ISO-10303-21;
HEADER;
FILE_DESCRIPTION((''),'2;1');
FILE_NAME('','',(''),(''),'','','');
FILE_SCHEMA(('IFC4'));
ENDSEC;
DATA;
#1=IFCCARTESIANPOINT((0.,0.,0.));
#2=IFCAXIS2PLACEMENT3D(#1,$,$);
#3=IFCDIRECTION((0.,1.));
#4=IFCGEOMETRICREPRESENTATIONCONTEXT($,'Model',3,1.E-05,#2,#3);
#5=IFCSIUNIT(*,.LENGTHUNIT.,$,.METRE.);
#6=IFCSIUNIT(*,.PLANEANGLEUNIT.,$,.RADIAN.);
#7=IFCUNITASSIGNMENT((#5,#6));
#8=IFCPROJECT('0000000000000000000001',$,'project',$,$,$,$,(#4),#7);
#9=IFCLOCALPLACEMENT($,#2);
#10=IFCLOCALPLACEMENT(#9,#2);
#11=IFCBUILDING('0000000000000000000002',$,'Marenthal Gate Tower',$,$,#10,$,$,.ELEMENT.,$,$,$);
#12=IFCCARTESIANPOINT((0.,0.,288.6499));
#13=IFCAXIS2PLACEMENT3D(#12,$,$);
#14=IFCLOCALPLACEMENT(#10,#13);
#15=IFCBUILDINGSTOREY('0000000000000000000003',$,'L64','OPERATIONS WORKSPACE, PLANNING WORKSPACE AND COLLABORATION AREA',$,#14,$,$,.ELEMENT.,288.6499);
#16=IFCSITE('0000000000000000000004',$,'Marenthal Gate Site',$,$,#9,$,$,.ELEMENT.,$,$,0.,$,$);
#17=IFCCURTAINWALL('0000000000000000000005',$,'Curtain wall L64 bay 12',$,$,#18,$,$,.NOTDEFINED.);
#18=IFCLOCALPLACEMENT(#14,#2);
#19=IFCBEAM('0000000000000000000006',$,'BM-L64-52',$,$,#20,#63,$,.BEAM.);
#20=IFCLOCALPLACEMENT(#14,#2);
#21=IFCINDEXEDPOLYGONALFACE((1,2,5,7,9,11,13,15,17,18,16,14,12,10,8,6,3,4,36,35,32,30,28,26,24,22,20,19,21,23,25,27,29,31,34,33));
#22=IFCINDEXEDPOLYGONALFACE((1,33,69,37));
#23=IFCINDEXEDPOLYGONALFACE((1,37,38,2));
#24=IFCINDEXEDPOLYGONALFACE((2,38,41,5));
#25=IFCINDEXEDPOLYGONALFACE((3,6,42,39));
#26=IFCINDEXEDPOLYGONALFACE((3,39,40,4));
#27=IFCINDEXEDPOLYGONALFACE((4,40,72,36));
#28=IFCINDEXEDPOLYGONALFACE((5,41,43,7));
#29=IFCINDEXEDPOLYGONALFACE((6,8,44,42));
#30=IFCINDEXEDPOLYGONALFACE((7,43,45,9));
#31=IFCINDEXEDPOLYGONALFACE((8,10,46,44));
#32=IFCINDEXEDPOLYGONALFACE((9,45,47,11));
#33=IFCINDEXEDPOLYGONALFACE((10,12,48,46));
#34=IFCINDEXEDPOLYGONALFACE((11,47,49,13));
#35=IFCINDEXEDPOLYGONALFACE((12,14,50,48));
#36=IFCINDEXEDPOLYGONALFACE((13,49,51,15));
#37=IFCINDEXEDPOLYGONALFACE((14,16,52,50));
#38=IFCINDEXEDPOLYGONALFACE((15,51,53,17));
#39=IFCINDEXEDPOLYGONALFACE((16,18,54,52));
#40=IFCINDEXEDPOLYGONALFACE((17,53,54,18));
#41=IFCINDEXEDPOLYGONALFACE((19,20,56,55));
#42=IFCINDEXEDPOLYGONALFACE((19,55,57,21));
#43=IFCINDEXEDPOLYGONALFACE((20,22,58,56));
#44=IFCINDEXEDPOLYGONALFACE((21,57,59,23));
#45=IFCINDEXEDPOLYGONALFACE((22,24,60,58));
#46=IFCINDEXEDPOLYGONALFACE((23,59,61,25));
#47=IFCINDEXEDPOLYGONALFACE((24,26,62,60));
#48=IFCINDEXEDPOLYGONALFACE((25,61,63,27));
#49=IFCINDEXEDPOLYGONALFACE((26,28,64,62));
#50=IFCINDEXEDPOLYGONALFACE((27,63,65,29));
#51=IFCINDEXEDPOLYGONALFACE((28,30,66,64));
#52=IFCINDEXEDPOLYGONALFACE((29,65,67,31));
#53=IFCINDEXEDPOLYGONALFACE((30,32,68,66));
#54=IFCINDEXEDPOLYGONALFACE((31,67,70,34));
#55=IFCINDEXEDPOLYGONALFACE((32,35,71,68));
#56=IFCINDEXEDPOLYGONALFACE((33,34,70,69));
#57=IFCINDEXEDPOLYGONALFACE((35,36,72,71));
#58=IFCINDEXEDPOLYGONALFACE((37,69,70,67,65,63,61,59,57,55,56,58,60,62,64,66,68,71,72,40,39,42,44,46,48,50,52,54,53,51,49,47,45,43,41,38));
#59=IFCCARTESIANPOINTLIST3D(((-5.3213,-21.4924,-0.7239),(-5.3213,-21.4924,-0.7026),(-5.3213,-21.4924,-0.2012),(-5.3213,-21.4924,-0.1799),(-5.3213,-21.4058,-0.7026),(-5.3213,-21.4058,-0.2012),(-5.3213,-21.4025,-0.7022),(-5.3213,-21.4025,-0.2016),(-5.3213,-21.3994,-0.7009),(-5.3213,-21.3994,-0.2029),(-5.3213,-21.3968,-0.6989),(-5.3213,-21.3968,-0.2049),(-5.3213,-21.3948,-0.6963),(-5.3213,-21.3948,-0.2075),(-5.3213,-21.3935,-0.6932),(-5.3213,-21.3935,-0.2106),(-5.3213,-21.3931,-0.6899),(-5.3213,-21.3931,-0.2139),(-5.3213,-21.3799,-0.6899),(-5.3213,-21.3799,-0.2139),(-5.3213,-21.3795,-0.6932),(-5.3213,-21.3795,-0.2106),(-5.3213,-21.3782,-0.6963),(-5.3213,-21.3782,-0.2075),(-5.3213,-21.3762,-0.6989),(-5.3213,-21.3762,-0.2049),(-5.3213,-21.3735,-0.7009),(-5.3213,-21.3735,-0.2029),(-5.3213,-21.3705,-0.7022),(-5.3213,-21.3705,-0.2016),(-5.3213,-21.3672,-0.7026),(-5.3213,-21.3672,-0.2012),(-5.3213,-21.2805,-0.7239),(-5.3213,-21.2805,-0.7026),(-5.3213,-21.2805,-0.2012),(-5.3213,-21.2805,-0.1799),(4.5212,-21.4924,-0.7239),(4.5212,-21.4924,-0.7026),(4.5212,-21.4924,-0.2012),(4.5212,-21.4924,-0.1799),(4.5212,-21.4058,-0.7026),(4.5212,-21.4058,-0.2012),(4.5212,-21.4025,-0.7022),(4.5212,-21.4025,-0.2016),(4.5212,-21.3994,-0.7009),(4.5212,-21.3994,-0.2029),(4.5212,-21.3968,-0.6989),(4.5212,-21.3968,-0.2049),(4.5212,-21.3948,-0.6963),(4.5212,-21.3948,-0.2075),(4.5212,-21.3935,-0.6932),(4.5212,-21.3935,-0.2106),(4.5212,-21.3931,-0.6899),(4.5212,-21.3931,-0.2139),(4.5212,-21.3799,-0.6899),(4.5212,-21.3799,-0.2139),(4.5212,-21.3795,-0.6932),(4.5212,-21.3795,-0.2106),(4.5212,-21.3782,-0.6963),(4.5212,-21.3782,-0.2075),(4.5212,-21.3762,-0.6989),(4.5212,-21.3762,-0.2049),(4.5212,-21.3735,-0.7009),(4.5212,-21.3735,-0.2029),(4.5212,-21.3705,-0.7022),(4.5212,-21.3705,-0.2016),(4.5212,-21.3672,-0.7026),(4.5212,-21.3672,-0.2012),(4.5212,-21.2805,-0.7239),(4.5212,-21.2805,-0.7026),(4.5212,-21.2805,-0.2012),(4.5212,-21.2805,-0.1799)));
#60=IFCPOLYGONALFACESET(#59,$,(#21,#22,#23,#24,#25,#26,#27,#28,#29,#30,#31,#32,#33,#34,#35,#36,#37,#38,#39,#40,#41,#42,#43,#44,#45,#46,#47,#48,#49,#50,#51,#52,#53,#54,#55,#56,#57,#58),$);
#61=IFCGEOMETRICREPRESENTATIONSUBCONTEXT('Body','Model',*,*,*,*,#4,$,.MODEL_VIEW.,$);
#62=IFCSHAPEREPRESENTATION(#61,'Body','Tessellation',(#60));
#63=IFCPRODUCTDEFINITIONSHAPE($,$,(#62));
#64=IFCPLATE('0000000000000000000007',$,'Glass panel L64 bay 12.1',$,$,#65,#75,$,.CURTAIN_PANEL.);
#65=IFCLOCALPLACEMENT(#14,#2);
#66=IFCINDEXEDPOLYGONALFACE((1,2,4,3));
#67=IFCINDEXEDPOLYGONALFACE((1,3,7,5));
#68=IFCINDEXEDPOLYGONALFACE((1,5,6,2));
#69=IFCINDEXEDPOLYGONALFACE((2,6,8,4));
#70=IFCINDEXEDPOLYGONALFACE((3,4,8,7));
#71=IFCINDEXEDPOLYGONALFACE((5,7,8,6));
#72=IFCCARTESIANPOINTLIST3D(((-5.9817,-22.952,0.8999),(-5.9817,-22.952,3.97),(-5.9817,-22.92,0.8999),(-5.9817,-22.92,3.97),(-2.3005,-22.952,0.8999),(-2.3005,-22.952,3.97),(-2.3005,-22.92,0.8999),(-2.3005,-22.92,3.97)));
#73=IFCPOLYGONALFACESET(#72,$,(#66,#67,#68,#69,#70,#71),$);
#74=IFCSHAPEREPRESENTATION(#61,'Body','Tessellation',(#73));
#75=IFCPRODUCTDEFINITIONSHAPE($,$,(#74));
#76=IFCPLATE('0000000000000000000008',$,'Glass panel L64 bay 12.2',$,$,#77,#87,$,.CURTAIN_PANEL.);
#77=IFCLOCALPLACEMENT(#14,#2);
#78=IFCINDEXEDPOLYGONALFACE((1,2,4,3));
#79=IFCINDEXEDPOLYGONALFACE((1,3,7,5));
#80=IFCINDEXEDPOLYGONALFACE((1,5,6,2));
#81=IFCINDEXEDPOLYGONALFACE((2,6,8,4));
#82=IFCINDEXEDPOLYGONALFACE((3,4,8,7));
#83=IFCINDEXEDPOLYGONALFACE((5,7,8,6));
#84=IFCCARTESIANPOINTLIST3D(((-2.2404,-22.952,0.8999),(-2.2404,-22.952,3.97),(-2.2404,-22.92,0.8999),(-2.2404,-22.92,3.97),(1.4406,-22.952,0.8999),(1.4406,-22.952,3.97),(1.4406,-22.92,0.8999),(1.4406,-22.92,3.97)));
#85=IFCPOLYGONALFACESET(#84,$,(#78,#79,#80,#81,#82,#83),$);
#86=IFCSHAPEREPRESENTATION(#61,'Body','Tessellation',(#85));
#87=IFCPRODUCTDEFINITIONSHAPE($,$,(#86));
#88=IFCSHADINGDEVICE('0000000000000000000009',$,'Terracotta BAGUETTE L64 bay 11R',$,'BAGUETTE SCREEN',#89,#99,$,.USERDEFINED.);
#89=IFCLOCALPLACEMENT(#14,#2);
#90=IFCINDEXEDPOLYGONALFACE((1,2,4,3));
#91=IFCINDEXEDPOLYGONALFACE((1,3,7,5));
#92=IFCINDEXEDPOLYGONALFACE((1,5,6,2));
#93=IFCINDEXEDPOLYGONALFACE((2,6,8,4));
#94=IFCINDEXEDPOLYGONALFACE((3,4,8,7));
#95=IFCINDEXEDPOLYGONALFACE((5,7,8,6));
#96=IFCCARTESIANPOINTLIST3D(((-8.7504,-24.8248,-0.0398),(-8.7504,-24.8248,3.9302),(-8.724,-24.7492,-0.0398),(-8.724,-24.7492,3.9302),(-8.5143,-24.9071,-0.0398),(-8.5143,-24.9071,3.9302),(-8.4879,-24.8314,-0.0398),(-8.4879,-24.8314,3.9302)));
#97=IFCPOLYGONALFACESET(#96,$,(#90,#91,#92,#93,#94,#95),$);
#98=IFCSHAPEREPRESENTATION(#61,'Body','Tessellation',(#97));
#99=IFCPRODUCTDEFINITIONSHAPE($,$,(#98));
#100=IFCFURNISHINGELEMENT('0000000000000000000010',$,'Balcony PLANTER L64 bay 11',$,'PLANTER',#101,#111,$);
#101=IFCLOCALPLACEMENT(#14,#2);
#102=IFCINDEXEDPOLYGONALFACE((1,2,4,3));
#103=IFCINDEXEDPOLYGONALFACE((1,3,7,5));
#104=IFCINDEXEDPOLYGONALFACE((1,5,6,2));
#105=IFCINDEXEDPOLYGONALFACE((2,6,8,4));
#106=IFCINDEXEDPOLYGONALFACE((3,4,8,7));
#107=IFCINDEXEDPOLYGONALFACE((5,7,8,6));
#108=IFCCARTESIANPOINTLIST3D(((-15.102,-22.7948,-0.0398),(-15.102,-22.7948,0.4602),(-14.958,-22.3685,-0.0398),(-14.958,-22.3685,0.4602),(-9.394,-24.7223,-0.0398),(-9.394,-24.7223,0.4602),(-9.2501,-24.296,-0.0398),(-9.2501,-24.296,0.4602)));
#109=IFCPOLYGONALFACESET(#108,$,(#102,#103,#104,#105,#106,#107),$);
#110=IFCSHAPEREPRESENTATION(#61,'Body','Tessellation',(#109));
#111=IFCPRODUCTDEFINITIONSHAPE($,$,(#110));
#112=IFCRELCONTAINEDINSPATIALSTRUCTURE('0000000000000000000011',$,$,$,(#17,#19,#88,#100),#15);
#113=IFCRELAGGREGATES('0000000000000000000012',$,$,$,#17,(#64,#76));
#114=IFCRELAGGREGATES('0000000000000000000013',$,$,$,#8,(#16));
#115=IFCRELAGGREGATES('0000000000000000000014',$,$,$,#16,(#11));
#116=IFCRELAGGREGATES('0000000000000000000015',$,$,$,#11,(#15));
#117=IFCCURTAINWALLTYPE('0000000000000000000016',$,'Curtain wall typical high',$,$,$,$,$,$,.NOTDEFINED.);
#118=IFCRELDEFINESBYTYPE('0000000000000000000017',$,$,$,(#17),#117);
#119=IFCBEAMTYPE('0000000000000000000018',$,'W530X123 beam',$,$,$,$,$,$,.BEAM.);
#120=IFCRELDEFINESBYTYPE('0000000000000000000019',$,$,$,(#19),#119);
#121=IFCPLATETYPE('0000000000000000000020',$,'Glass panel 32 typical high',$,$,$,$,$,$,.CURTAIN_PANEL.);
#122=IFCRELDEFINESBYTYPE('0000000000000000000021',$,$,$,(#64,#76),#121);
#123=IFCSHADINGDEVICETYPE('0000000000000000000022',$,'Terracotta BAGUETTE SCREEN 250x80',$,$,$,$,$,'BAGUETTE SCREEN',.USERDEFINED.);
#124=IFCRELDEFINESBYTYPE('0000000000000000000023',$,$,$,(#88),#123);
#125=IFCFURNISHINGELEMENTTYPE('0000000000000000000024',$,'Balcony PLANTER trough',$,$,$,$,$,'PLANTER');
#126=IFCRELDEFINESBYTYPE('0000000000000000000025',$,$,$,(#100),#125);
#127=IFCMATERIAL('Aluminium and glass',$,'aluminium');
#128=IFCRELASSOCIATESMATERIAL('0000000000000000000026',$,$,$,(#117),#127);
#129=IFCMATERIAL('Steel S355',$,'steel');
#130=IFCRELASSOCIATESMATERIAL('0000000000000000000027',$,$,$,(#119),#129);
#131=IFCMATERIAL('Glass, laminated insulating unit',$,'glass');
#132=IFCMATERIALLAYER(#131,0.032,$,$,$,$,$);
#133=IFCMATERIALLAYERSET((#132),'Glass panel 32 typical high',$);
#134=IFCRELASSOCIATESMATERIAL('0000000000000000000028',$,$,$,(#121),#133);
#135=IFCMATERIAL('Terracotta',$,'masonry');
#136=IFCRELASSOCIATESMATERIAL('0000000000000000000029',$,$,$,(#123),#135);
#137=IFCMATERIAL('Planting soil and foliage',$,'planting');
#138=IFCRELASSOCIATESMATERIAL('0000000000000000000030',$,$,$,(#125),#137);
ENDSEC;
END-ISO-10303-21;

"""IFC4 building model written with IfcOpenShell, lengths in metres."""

from ifc_helpers import new_model, si_unit, direction, frame, origin, origin_2d, place, context, subcontext, project, spatial, rectangle, i_section, extrude, material, layer, layer_set, material_profile, profile_set, type_object, element, aggregate, save


model = new_model("IFC4")

# Units and contexts
model_context = context("Model", 3, precision=1e-05, world=origin(), true_north=direction((0.0, 1.0)))
body_context = subcontext(model_context, "Body", "Model", "MODEL_VIEW")
ifc_project = project(units=[si_unit("LENGTHUNIT", "METRE"), si_unit("PLANEANGLEUNIT", "RADIAN")], contexts=[model_context])

# Site, building, storey
site_placement = place(None, origin())
site = spatial("IfcSite", under=ifc_project, at=site_placement, Name="Marenthal Gate Site", CompositionType="ELEMENT", RefElevation=0.0)
building_placement = place(site_placement, origin())
building = spatial("IfcBuilding", under=site, at=building_placement, Name="Marenthal Gate Tower", CompositionType="ELEMENT")
storey_placement = place(building_placement, frame((0.0, 0.0, 288.6499)))
storey = spatial("IfcBuildingStorey", under=building, at=storey_placement, Name="L64", Description="OPERATIONS WORKSPACE, PLANNING WORKSPACE AND COLLABORATION AREA", CompositionType="ELEMENT", Elevation=288.6499)

# Curtain wall
ifc_material_1 = material(Name="Aluminium and glass", Category="aluminium")
curtain_wall_type = type_object("IfcCurtainWallType", Name="Curtain wall typical high", PredefinedType="NOTDEFINED", material=ifc_material_1)
curtain_wall_placement = place(storey_placement, origin())
curtain_wall = element("IfcCurtainWall", 1, at=curtain_wall_placement, inside=storey, type_object=curtain_wall_type, Name="Curtain wall L64 bay 12", PredefinedType="NOTDEFINED")

# Beam
ifc_material_2 = material(Name="Steel S355", Category="steel")
ifc_material_profile_1 = material_profile(ifc_material_2, i_section(OverallWidth=0.2119, OverallDepth=0.5439, WebThickness=0.0132, FlangeThickness=0.0212, FilletRadius=0.0127, at=origin_2d()), Name="W530X123")
ifc_profile_set_1 = profile_set([ifc_material_profile_1], Name="Steel S355")
beam_type_1 = type_object("IfcBeamType", Name="W530X123 beam", PredefinedType="BEAM", material=ifc_profile_set_1)
beam_1_placement = place(storey_placement, frame((-5.3213, -21.3865, -0.4519), z_axis=(1.0, 0.0, 0.0), x_axis=(0.0, 1.0, 0.0)))
element("IfcBeam", 2, at=beam_1_placement, inside=storey, type_object=beam_type_1, Name="BM-L64-52", PredefinedType="BEAM", context=body_context, shape_type="SweptSolid", body=[
    extrude(i_section(OverallWidth=0.2119, OverallDepth=0.5439, WebThickness=0.0132, FlangeThickness=0.0212, FilletRadius=0.0127, at=origin_2d()), origin(), (0.0, 0.0, 1.0), 9.8425),
])

# Plates
ifc_material_3 = material(Name="Glass, laminated insulating unit", Category="glass")
ifc_layer = layer(ifc_material_3, 0.032)
ifc_layer_set = layer_set([ifc_layer], Name="Glass panel 32 typical high")
plate_type = type_object("IfcPlateType", Name="Glass panel 32 typical high", PredefinedType="CURTAIN_PANEL", material=ifc_layer_set)
plate_1_placement = place(storey_placement, frame((-4.1411, -22.936, 0.8999), z_axis=(0.0, 0.0, 1.0), x_axis=(1.0, 0.0, 0.0)))
plate_1 = element("IfcPlate", 3, at=plate_1_placement, type_object=plate_type, Name="Glass panel L64 bay 12.1", PredefinedType="CURTAIN_PANEL", context=body_context, shape_type="SweptSolid", body=[
    extrude(rectangle(XDim=3.6812, YDim=0.032, at=origin_2d()), origin(), (0.0, 0.0, 1.0), 3.0701),
])
plate_2_placement = place(storey_placement, frame((-0.3999, -22.936, 0.8999), z_axis=(0.0, 0.0, 1.0), x_axis=(1.0, 0.0, 0.0)))
plate_2 = element("IfcPlate", 4, at=plate_2_placement, type_object=plate_type, Name="Glass panel L64 bay 12.2", PredefinedType="CURTAIN_PANEL", context=body_context, shape_type="SweptSolid", body=[
    extrude(rectangle(XDim=3.6809, YDim=0.032, at=origin_2d()), origin(), (0.0, 0.0, 1.0), 3.0701),
])
aggregate(curtain_wall, [plate_1, plate_2])

# Shading device
ifc_material_4 = material(Name="Terracotta", Category="masonry")
ifc_material_profile_2 = material_profile(ifc_material_4, rectangle(XDim=0.25, YDim=0.0801, at=origin_2d()), Name="Terracotta baguette 250x80")
ifc_profile_set_2 = profile_set([ifc_material_profile_2], Name="Terracotta")
shading_device_type = type_object("IfcShadingDeviceType", Name="Terracotta BAGUETTE SCREEN 250x80", ElementType="BAGUETTE SCREEN", PredefinedType="USERDEFINED", material=ifc_profile_set_2)
shading_device_placement = place(storey_placement, frame((-8.6191, -24.8281, -0.0398), z_axis=(0.0, 0.0, 1.0), x_axis=(0.944305, -0.329072, 0.0)))
element("IfcShadingDevice", 5, at=shading_device_placement, inside=storey, type_object=shading_device_type, Name="Terracotta BAGUETTE L64 bay 11R", ObjectType="BAGUETTE SCREEN", PredefinedType="USERDEFINED", context=body_context, shape_type="SweptSolid", body=[
    extrude(rectangle(XDim=0.25, YDim=0.0801, at=origin_2d()), origin(), (0.0, 0.0, 1.0), 3.97),
])

# Furnishing element
ifc_material_5 = material(Name="Planting soil and foliage", Category="planting")
furnishing_element_type = type_object("IfcFurnishingElementType", Name="Balcony PLANTER trough", ElementType="PLANTER", material=ifc_material_5)
furnishing_placement = place(storey_placement, frame((-12.176, -23.5454, -0.0398), z_axis=(0.0, 0.0, 1.0), x_axis=(0.947437, -0.319942, 0.0)))
element("IfcFurnishingElement", 6, at=furnishing_placement, inside=storey, type_object=furnishing_element_type, Name="Balcony PLANTER L64 bay 11", ObjectType="PLANTER", context=body_context, shape_type="SweptSolid", body=[
    extrude(rectangle(XDim=6.0247, YDim=0.45, at=origin_2d()), origin(), (0.0, 0.0, 1.0), 0.5),
])

save(model, "model.ifc")
